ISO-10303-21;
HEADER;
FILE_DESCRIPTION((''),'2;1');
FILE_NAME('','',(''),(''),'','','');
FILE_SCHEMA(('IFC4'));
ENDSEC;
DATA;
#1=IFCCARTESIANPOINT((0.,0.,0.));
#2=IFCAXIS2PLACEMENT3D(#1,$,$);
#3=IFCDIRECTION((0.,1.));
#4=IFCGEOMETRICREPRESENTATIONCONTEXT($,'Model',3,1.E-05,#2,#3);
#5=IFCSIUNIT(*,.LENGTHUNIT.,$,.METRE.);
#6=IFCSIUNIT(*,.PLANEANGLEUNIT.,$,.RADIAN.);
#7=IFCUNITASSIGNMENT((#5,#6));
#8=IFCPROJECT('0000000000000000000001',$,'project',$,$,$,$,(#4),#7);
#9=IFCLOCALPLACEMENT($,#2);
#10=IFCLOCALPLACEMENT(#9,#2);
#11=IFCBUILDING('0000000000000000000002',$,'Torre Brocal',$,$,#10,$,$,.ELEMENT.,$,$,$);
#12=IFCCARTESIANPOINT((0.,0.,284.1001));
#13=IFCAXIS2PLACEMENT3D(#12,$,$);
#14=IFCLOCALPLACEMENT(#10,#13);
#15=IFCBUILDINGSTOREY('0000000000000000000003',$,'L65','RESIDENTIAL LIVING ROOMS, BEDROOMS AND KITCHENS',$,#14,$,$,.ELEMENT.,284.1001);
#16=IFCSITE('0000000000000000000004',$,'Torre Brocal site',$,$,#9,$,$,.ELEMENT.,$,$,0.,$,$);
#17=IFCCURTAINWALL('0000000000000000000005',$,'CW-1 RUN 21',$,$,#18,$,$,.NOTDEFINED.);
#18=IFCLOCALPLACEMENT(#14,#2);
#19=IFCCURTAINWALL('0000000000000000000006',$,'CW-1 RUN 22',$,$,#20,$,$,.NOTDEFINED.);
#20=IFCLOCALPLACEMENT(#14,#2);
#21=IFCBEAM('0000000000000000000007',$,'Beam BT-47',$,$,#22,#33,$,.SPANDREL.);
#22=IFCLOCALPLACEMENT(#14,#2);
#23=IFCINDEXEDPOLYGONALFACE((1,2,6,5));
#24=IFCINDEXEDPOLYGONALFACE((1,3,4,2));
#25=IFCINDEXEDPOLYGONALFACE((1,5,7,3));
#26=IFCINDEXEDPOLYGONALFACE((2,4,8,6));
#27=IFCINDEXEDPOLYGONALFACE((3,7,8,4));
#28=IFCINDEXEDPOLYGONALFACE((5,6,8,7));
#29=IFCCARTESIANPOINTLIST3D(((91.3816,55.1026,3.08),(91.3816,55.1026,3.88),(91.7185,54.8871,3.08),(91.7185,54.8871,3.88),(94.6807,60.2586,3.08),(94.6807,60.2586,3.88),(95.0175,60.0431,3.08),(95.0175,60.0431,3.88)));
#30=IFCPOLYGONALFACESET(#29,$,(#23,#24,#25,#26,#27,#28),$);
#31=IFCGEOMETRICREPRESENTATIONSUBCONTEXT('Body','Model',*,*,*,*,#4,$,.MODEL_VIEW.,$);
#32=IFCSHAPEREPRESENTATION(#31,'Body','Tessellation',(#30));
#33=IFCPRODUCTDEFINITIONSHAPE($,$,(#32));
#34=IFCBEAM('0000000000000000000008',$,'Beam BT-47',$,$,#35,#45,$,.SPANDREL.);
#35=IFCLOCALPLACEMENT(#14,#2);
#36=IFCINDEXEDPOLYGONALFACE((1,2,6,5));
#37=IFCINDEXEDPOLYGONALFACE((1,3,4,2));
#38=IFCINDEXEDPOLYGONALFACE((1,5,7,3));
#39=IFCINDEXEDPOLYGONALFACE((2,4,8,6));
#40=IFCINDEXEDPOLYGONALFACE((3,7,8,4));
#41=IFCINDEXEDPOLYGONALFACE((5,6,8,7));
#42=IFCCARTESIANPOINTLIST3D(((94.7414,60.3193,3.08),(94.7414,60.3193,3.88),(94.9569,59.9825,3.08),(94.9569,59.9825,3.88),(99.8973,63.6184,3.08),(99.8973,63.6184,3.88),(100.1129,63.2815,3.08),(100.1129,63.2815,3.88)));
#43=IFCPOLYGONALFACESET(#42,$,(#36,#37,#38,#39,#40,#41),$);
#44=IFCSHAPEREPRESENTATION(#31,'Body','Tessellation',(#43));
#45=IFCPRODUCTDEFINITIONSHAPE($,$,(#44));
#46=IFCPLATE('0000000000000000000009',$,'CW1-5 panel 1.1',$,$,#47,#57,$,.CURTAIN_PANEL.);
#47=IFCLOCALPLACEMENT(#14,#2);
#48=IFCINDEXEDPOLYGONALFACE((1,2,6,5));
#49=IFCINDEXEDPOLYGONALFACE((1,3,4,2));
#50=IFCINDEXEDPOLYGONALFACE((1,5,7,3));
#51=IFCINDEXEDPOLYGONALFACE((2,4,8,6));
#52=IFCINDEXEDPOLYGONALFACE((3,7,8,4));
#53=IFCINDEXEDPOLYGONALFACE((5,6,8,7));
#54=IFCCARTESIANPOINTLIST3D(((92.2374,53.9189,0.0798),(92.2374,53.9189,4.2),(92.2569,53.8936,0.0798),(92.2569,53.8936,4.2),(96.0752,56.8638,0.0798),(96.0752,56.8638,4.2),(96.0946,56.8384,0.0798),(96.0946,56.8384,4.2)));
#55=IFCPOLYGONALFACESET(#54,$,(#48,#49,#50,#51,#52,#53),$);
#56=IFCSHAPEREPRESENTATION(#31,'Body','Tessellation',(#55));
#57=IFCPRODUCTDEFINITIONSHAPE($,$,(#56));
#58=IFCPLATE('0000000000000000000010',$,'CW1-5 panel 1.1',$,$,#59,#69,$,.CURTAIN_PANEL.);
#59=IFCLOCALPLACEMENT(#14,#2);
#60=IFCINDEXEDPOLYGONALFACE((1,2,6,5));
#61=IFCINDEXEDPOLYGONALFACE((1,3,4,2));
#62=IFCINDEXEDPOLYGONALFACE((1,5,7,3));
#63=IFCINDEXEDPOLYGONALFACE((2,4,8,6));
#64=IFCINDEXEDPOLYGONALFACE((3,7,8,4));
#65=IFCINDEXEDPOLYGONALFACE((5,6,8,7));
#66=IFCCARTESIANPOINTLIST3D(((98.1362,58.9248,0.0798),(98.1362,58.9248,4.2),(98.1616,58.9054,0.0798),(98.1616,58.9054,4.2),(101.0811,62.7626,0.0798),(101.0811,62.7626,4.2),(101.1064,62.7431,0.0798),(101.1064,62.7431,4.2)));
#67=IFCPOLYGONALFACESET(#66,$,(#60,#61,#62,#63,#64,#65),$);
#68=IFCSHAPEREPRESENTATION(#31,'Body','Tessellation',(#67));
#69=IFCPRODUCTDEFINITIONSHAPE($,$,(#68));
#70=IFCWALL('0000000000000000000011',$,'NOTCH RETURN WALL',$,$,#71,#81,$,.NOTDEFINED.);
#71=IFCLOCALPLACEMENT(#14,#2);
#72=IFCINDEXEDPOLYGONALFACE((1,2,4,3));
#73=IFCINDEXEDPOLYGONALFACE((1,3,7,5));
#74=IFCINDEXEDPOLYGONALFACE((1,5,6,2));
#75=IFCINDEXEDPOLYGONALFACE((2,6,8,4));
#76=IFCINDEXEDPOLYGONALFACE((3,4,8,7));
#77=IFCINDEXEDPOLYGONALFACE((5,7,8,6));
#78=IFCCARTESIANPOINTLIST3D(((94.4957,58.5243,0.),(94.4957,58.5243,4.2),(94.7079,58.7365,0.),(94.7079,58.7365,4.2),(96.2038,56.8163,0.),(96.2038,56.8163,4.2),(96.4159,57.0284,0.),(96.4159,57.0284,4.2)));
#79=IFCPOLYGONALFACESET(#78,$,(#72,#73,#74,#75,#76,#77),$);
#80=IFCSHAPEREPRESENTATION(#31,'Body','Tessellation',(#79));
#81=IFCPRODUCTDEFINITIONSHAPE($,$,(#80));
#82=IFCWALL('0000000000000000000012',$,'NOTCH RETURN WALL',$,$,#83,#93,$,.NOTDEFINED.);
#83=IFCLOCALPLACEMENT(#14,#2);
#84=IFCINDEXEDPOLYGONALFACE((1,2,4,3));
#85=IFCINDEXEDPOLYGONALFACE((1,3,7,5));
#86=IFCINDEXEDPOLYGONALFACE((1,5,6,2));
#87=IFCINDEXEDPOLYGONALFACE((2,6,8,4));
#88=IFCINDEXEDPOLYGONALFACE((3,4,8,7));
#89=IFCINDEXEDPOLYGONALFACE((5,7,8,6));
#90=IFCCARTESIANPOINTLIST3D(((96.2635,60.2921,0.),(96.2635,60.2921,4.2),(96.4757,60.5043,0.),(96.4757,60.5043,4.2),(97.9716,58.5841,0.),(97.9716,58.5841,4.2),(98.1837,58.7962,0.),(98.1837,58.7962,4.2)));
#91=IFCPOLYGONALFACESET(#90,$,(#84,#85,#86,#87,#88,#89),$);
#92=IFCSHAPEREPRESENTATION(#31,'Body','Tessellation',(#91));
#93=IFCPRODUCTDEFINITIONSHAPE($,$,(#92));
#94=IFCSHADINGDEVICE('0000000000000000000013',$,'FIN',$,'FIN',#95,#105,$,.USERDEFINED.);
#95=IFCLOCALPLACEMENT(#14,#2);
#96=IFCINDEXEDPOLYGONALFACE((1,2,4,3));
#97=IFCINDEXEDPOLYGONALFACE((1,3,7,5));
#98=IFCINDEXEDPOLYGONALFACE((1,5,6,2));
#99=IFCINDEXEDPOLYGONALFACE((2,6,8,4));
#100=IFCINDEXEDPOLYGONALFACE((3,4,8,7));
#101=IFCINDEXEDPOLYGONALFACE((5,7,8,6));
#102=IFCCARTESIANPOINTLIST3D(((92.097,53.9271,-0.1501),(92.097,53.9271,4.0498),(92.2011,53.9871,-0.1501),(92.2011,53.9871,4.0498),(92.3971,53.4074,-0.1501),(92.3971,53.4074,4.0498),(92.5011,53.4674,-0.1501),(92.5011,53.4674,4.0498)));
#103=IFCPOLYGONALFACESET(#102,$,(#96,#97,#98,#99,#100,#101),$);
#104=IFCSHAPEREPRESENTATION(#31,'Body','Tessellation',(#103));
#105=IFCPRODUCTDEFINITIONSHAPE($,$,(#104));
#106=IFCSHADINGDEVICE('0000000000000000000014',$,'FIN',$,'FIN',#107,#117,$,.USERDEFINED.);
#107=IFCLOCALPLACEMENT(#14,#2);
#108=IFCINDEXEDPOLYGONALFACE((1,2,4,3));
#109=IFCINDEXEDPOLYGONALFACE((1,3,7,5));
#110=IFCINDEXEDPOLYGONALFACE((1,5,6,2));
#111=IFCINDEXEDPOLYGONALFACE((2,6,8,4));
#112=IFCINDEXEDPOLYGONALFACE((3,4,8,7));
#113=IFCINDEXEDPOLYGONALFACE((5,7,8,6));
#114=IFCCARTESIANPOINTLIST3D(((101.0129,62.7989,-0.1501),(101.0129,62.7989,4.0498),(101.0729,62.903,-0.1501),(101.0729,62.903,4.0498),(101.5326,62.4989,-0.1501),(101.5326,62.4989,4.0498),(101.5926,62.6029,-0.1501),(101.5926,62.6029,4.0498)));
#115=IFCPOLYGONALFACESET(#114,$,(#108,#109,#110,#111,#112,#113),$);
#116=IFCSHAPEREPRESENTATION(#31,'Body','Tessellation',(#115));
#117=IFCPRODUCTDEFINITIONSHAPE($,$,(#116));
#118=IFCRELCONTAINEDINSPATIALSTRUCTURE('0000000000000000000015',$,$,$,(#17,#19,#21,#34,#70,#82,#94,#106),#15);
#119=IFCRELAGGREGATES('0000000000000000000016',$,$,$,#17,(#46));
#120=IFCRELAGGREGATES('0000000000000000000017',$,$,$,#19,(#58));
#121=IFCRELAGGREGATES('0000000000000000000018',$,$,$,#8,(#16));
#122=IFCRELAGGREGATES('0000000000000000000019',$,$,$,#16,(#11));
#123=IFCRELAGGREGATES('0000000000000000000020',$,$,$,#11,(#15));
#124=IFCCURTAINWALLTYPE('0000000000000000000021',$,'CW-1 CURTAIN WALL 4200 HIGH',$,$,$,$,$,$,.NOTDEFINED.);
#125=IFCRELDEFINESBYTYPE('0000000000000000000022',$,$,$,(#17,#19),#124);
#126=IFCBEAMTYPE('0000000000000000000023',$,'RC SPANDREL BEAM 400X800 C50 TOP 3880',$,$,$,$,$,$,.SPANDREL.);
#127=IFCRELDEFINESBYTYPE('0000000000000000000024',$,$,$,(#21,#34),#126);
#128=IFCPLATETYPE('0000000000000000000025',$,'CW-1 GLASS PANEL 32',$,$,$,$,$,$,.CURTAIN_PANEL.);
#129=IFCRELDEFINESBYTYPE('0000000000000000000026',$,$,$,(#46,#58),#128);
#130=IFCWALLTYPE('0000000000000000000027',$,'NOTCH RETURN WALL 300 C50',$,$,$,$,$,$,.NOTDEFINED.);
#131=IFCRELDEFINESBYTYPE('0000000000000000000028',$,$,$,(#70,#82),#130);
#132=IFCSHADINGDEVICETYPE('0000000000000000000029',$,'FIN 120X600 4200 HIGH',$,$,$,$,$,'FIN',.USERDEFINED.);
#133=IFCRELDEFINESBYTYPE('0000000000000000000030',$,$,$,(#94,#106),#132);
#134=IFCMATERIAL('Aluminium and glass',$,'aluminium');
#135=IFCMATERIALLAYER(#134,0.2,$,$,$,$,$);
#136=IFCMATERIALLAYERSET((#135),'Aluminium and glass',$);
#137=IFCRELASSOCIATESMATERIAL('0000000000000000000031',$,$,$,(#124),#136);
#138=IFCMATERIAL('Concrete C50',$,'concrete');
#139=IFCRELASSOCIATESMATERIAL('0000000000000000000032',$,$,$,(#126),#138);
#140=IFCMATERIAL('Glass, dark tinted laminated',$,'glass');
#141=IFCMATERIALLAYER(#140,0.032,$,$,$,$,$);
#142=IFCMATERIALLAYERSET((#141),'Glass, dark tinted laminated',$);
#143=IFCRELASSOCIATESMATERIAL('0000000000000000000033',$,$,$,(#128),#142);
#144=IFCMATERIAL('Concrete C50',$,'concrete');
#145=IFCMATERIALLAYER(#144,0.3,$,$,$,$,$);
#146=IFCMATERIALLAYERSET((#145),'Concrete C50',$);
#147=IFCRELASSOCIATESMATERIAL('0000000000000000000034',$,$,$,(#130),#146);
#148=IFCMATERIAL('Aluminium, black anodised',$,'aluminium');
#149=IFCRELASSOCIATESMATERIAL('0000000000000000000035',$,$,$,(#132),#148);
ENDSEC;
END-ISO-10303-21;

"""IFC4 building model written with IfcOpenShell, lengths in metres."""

from ifc_helpers import new_model, si_unit, direction, frame, frame_2d, origin, origin_2d, place, context, subcontext, project, spatial, rectangle, extrude, material, layer, layer_set, material_profile, profile_set, type_object, element, aggregate, save


model = new_model("IFC4")

# Units and contexts
model_context = context("Model", 3, precision=1e-05, world=origin(), true_north=direction((0.0, 1.0)))
body_context = subcontext(model_context, "Body", "Model", "MODEL_VIEW")
ifc_project = project(units=[si_unit("LENGTHUNIT", "METRE"), si_unit("PLANEANGLEUNIT", "RADIAN")], contexts=[model_context])

# Site, building, storey
site_placement = place(None, origin())
site = spatial("IfcSite", under=ifc_project, at=site_placement, Name="Torre Brocal site", CompositionType="ELEMENT", RefElevation=0.0)
building_placement = place(site_placement, origin())
building = spatial("IfcBuilding", under=site, at=building_placement, Name="Torre Brocal", CompositionType="ELEMENT")
storey_placement = place(building_placement, frame((0.0, 0.0, 284.1001)))
storey = spatial("IfcBuildingStorey", under=building, at=storey_placement, Name="L65", Description="RESIDENTIAL LIVING ROOMS, BEDROOMS AND KITCHENS", CompositionType="ELEMENT", Elevation=284.1001)

# Shared definitions
ifc_material_1 = material(Name="Aluminium and glass", Category="aluminium")
ifc_layer_1 = layer(ifc_material_1, 0.2)
ifc_layer_set_1 = layer_set([ifc_layer_1], Name="Aluminium and glass")
curtain_wall_type = type_object("IfcCurtainWallType", Name="CW-1 CURTAIN WALL 4200 HIGH", PredefinedType="NOTDEFINED", material=ifc_layer_set_1)

# Curtain walls
curtain_wall_1_placement = place(storey_placement, origin())
curtain_wall_1 = element("IfcCurtainWall", 1, at=curtain_wall_1_placement, inside=storey, type_object=curtain_wall_type, Name="CW-1 RUN 21", PredefinedType="NOTDEFINED")
curtain_wall_2_placement = place(storey_placement, origin())
curtain_wall_2 = element("IfcCurtainWall", 2, at=curtain_wall_2_placement, inside=storey, type_object=curtain_wall_type, Name="CW-1 RUN 22", PredefinedType="NOTDEFINED")

# Beams
ifc_material_2 = material(Name="Concrete C50", Category="concrete")
ifc_material_profile_1 = material_profile(ifc_material_2, rectangle(XDim=0.3999, YDim=0.8, at=origin_2d()), Name="RC 400X800")
ifc_profile_set_1 = profile_set([ifc_material_profile_1], Name="Concrete C50")
beam_type_1 = type_object("IfcBeamType", Name="RC SPANDREL BEAM 400X800 C50 TOP 3880", PredefinedType="SPANDREL", material=ifc_profile_set_1)
for number, where, z_axis, x_axis, name in (
    (3, (91.55, 54.9949, 3.48), (0.538964, 0.842329, 0.0), (-0.842329, 0.538964, 0.0), "Beam BT-47"),
    (4, (94.8491, 60.1509, 3.48), (0.842329, 0.538964, 0.0), (-0.538964, 0.842329, 0.0), "Beam BT-47"),
):
    element("IfcBeam", number, at=place(storey_placement, frame(where, z_axis=z_axis, x_axis=x_axis)), inside=storey, type_object=beam_type_1, Name=name, PredefinedType="SPANDREL", context=body_context, shape_type="SweptSolid", body=[
        extrude(rectangle(XDim=0.3999, YDim=0.8, at=origin_2d()), origin(), (0.0, 0.0, 1.0), 6.1211),
    ])

# Plates
ifc_material_3 = material(Name="Glass, dark tinted laminated", Category="glass")
ifc_layer_2 = layer(ifc_material_3, 0.032)
ifc_layer_set_2 = layer_set([ifc_layer_2], Name="Glass, dark tinted laminated")
plate_type = type_object("IfcPlateType", Name="CW-1 GLASS PANEL 32", PredefinedType="CURTAIN_PANEL", material=ifc_layer_set_2)
plate_1_placement = place(storey_placement, frame((94.166, 55.3787, 0.0798), z_axis=(0.0, 0.0, 1.0), x_axis=(0.793353, 0.608761, 0.0)))
plate_1 = element("IfcPlate", 5, at=plate_1_placement, type_object=plate_type, Name="CW1-5 panel 1.1", PredefinedType="CURTAIN_PANEL", context=body_context, shape_type="SweptSolid", body=[
    extrude(rectangle(XDim=4.8374, YDim=0.032, at=origin_2d()), origin(), (0.0, 0.0, 1.0), 4.1201),
])
aggregate(curtain_wall_1, [plate_1])
plate_2_placement = place(storey_placement, frame((99.6213, 60.834, 0.0798), z_axis=(0.0, 0.0, 1.0), x_axis=(0.608761, 0.793353, 0.0)))
plate_2 = element("IfcPlate", 6, at=plate_2_placement, type_object=plate_type, Name="CW1-5 panel 1.1", PredefinedType="CURTAIN_PANEL", context=body_context, shape_type="SweptSolid", body=[
    extrude(rectangle(XDim=4.8374, YDim=0.032, at=origin_2d()), origin(), (0.0, 0.0, 1.0), 4.1201),
])
aggregate(curtain_wall_2, [plate_2])

# Walls
ifc_material_4 = material(Name="Concrete C50", Category="concrete")
ifc_layer_3 = layer(ifc_material_4, 0.3)
ifc_layer_set_3 = layer_set([ifc_layer_3], Name="Concrete C50")
wall_type = type_object("IfcWallType", Name="NOTCH RETURN WALL 300 C50", PredefinedType="NOTDEFINED", material=ifc_layer_set_3)
for number, where, z_axis, x_axis, name in (
    (7, (94.6018, 58.6304, 0.0), (0.0, 0.0, 1.0), (0.707107, -0.707107, 0.0), "NOTCH RETURN WALL"),
    (8, (96.3696, 60.3982, 0.0), (0.0, 0.0, 1.0), (0.707107, -0.707107, 0.0), "NOTCH RETURN WALL"),
):
    element("IfcWall", number, at=place(storey_placement, frame(where, z_axis=z_axis, x_axis=x_axis)), inside=storey, type_object=wall_type, Name=name, PredefinedType="NOTDEFINED", context=body_context, shape_type="SweptSolid", body=[
        extrude(rectangle(XDim=2.4155, YDim=0.3, at=frame_2d((1.2078, 0.0))), origin(), (0.0, 0.0, 1.0), 4.2),
    ])

# Shading devices
ifc_material_5 = material(Name="Aluminium, black anodised", Category="aluminium")
ifc_material_profile_2 = material_profile(ifc_material_5, rectangle(XDim=0.1201, YDim=0.6001, at=origin_2d()), Name="FIN 120X600 4200 HIGH")
ifc_profile_set_2 = profile_set([ifc_material_profile_2], Name="Aluminium, black anodised")
shading_device_type = type_object("IfcShadingDeviceType", Name="FIN 120X600 4200 HIGH", ElementType="FIN", PredefinedType="USERDEFINED", material=ifc_profile_set_2)
for number, where, z_axis, x_axis, name in (
    (9, (92.2991, 53.6973, -0.1501), (0.0, 0.0, 1.0), (0.866025, 0.5, 0.0), "FIN"),
    (10, (101.3027, 62.7009, -0.1501), (0.0, 0.0, 1.0), (0.5, 0.866025, 0.0), "FIN"),
):
    element("IfcShadingDevice", number, at=place(storey_placement, frame(where, z_axis=z_axis, x_axis=x_axis)), inside=storey, type_object=shading_device_type, Name=name, ObjectType="FIN", PredefinedType="USERDEFINED", context=body_context, shape_type="SweptSolid", body=[
        extrude(rectangle(XDim=0.1201, YDim=0.6001, at=origin_2d()), origin(), (0.0, 0.0, 1.0), 4.2),
    ])

save(model, "model.ifc")
